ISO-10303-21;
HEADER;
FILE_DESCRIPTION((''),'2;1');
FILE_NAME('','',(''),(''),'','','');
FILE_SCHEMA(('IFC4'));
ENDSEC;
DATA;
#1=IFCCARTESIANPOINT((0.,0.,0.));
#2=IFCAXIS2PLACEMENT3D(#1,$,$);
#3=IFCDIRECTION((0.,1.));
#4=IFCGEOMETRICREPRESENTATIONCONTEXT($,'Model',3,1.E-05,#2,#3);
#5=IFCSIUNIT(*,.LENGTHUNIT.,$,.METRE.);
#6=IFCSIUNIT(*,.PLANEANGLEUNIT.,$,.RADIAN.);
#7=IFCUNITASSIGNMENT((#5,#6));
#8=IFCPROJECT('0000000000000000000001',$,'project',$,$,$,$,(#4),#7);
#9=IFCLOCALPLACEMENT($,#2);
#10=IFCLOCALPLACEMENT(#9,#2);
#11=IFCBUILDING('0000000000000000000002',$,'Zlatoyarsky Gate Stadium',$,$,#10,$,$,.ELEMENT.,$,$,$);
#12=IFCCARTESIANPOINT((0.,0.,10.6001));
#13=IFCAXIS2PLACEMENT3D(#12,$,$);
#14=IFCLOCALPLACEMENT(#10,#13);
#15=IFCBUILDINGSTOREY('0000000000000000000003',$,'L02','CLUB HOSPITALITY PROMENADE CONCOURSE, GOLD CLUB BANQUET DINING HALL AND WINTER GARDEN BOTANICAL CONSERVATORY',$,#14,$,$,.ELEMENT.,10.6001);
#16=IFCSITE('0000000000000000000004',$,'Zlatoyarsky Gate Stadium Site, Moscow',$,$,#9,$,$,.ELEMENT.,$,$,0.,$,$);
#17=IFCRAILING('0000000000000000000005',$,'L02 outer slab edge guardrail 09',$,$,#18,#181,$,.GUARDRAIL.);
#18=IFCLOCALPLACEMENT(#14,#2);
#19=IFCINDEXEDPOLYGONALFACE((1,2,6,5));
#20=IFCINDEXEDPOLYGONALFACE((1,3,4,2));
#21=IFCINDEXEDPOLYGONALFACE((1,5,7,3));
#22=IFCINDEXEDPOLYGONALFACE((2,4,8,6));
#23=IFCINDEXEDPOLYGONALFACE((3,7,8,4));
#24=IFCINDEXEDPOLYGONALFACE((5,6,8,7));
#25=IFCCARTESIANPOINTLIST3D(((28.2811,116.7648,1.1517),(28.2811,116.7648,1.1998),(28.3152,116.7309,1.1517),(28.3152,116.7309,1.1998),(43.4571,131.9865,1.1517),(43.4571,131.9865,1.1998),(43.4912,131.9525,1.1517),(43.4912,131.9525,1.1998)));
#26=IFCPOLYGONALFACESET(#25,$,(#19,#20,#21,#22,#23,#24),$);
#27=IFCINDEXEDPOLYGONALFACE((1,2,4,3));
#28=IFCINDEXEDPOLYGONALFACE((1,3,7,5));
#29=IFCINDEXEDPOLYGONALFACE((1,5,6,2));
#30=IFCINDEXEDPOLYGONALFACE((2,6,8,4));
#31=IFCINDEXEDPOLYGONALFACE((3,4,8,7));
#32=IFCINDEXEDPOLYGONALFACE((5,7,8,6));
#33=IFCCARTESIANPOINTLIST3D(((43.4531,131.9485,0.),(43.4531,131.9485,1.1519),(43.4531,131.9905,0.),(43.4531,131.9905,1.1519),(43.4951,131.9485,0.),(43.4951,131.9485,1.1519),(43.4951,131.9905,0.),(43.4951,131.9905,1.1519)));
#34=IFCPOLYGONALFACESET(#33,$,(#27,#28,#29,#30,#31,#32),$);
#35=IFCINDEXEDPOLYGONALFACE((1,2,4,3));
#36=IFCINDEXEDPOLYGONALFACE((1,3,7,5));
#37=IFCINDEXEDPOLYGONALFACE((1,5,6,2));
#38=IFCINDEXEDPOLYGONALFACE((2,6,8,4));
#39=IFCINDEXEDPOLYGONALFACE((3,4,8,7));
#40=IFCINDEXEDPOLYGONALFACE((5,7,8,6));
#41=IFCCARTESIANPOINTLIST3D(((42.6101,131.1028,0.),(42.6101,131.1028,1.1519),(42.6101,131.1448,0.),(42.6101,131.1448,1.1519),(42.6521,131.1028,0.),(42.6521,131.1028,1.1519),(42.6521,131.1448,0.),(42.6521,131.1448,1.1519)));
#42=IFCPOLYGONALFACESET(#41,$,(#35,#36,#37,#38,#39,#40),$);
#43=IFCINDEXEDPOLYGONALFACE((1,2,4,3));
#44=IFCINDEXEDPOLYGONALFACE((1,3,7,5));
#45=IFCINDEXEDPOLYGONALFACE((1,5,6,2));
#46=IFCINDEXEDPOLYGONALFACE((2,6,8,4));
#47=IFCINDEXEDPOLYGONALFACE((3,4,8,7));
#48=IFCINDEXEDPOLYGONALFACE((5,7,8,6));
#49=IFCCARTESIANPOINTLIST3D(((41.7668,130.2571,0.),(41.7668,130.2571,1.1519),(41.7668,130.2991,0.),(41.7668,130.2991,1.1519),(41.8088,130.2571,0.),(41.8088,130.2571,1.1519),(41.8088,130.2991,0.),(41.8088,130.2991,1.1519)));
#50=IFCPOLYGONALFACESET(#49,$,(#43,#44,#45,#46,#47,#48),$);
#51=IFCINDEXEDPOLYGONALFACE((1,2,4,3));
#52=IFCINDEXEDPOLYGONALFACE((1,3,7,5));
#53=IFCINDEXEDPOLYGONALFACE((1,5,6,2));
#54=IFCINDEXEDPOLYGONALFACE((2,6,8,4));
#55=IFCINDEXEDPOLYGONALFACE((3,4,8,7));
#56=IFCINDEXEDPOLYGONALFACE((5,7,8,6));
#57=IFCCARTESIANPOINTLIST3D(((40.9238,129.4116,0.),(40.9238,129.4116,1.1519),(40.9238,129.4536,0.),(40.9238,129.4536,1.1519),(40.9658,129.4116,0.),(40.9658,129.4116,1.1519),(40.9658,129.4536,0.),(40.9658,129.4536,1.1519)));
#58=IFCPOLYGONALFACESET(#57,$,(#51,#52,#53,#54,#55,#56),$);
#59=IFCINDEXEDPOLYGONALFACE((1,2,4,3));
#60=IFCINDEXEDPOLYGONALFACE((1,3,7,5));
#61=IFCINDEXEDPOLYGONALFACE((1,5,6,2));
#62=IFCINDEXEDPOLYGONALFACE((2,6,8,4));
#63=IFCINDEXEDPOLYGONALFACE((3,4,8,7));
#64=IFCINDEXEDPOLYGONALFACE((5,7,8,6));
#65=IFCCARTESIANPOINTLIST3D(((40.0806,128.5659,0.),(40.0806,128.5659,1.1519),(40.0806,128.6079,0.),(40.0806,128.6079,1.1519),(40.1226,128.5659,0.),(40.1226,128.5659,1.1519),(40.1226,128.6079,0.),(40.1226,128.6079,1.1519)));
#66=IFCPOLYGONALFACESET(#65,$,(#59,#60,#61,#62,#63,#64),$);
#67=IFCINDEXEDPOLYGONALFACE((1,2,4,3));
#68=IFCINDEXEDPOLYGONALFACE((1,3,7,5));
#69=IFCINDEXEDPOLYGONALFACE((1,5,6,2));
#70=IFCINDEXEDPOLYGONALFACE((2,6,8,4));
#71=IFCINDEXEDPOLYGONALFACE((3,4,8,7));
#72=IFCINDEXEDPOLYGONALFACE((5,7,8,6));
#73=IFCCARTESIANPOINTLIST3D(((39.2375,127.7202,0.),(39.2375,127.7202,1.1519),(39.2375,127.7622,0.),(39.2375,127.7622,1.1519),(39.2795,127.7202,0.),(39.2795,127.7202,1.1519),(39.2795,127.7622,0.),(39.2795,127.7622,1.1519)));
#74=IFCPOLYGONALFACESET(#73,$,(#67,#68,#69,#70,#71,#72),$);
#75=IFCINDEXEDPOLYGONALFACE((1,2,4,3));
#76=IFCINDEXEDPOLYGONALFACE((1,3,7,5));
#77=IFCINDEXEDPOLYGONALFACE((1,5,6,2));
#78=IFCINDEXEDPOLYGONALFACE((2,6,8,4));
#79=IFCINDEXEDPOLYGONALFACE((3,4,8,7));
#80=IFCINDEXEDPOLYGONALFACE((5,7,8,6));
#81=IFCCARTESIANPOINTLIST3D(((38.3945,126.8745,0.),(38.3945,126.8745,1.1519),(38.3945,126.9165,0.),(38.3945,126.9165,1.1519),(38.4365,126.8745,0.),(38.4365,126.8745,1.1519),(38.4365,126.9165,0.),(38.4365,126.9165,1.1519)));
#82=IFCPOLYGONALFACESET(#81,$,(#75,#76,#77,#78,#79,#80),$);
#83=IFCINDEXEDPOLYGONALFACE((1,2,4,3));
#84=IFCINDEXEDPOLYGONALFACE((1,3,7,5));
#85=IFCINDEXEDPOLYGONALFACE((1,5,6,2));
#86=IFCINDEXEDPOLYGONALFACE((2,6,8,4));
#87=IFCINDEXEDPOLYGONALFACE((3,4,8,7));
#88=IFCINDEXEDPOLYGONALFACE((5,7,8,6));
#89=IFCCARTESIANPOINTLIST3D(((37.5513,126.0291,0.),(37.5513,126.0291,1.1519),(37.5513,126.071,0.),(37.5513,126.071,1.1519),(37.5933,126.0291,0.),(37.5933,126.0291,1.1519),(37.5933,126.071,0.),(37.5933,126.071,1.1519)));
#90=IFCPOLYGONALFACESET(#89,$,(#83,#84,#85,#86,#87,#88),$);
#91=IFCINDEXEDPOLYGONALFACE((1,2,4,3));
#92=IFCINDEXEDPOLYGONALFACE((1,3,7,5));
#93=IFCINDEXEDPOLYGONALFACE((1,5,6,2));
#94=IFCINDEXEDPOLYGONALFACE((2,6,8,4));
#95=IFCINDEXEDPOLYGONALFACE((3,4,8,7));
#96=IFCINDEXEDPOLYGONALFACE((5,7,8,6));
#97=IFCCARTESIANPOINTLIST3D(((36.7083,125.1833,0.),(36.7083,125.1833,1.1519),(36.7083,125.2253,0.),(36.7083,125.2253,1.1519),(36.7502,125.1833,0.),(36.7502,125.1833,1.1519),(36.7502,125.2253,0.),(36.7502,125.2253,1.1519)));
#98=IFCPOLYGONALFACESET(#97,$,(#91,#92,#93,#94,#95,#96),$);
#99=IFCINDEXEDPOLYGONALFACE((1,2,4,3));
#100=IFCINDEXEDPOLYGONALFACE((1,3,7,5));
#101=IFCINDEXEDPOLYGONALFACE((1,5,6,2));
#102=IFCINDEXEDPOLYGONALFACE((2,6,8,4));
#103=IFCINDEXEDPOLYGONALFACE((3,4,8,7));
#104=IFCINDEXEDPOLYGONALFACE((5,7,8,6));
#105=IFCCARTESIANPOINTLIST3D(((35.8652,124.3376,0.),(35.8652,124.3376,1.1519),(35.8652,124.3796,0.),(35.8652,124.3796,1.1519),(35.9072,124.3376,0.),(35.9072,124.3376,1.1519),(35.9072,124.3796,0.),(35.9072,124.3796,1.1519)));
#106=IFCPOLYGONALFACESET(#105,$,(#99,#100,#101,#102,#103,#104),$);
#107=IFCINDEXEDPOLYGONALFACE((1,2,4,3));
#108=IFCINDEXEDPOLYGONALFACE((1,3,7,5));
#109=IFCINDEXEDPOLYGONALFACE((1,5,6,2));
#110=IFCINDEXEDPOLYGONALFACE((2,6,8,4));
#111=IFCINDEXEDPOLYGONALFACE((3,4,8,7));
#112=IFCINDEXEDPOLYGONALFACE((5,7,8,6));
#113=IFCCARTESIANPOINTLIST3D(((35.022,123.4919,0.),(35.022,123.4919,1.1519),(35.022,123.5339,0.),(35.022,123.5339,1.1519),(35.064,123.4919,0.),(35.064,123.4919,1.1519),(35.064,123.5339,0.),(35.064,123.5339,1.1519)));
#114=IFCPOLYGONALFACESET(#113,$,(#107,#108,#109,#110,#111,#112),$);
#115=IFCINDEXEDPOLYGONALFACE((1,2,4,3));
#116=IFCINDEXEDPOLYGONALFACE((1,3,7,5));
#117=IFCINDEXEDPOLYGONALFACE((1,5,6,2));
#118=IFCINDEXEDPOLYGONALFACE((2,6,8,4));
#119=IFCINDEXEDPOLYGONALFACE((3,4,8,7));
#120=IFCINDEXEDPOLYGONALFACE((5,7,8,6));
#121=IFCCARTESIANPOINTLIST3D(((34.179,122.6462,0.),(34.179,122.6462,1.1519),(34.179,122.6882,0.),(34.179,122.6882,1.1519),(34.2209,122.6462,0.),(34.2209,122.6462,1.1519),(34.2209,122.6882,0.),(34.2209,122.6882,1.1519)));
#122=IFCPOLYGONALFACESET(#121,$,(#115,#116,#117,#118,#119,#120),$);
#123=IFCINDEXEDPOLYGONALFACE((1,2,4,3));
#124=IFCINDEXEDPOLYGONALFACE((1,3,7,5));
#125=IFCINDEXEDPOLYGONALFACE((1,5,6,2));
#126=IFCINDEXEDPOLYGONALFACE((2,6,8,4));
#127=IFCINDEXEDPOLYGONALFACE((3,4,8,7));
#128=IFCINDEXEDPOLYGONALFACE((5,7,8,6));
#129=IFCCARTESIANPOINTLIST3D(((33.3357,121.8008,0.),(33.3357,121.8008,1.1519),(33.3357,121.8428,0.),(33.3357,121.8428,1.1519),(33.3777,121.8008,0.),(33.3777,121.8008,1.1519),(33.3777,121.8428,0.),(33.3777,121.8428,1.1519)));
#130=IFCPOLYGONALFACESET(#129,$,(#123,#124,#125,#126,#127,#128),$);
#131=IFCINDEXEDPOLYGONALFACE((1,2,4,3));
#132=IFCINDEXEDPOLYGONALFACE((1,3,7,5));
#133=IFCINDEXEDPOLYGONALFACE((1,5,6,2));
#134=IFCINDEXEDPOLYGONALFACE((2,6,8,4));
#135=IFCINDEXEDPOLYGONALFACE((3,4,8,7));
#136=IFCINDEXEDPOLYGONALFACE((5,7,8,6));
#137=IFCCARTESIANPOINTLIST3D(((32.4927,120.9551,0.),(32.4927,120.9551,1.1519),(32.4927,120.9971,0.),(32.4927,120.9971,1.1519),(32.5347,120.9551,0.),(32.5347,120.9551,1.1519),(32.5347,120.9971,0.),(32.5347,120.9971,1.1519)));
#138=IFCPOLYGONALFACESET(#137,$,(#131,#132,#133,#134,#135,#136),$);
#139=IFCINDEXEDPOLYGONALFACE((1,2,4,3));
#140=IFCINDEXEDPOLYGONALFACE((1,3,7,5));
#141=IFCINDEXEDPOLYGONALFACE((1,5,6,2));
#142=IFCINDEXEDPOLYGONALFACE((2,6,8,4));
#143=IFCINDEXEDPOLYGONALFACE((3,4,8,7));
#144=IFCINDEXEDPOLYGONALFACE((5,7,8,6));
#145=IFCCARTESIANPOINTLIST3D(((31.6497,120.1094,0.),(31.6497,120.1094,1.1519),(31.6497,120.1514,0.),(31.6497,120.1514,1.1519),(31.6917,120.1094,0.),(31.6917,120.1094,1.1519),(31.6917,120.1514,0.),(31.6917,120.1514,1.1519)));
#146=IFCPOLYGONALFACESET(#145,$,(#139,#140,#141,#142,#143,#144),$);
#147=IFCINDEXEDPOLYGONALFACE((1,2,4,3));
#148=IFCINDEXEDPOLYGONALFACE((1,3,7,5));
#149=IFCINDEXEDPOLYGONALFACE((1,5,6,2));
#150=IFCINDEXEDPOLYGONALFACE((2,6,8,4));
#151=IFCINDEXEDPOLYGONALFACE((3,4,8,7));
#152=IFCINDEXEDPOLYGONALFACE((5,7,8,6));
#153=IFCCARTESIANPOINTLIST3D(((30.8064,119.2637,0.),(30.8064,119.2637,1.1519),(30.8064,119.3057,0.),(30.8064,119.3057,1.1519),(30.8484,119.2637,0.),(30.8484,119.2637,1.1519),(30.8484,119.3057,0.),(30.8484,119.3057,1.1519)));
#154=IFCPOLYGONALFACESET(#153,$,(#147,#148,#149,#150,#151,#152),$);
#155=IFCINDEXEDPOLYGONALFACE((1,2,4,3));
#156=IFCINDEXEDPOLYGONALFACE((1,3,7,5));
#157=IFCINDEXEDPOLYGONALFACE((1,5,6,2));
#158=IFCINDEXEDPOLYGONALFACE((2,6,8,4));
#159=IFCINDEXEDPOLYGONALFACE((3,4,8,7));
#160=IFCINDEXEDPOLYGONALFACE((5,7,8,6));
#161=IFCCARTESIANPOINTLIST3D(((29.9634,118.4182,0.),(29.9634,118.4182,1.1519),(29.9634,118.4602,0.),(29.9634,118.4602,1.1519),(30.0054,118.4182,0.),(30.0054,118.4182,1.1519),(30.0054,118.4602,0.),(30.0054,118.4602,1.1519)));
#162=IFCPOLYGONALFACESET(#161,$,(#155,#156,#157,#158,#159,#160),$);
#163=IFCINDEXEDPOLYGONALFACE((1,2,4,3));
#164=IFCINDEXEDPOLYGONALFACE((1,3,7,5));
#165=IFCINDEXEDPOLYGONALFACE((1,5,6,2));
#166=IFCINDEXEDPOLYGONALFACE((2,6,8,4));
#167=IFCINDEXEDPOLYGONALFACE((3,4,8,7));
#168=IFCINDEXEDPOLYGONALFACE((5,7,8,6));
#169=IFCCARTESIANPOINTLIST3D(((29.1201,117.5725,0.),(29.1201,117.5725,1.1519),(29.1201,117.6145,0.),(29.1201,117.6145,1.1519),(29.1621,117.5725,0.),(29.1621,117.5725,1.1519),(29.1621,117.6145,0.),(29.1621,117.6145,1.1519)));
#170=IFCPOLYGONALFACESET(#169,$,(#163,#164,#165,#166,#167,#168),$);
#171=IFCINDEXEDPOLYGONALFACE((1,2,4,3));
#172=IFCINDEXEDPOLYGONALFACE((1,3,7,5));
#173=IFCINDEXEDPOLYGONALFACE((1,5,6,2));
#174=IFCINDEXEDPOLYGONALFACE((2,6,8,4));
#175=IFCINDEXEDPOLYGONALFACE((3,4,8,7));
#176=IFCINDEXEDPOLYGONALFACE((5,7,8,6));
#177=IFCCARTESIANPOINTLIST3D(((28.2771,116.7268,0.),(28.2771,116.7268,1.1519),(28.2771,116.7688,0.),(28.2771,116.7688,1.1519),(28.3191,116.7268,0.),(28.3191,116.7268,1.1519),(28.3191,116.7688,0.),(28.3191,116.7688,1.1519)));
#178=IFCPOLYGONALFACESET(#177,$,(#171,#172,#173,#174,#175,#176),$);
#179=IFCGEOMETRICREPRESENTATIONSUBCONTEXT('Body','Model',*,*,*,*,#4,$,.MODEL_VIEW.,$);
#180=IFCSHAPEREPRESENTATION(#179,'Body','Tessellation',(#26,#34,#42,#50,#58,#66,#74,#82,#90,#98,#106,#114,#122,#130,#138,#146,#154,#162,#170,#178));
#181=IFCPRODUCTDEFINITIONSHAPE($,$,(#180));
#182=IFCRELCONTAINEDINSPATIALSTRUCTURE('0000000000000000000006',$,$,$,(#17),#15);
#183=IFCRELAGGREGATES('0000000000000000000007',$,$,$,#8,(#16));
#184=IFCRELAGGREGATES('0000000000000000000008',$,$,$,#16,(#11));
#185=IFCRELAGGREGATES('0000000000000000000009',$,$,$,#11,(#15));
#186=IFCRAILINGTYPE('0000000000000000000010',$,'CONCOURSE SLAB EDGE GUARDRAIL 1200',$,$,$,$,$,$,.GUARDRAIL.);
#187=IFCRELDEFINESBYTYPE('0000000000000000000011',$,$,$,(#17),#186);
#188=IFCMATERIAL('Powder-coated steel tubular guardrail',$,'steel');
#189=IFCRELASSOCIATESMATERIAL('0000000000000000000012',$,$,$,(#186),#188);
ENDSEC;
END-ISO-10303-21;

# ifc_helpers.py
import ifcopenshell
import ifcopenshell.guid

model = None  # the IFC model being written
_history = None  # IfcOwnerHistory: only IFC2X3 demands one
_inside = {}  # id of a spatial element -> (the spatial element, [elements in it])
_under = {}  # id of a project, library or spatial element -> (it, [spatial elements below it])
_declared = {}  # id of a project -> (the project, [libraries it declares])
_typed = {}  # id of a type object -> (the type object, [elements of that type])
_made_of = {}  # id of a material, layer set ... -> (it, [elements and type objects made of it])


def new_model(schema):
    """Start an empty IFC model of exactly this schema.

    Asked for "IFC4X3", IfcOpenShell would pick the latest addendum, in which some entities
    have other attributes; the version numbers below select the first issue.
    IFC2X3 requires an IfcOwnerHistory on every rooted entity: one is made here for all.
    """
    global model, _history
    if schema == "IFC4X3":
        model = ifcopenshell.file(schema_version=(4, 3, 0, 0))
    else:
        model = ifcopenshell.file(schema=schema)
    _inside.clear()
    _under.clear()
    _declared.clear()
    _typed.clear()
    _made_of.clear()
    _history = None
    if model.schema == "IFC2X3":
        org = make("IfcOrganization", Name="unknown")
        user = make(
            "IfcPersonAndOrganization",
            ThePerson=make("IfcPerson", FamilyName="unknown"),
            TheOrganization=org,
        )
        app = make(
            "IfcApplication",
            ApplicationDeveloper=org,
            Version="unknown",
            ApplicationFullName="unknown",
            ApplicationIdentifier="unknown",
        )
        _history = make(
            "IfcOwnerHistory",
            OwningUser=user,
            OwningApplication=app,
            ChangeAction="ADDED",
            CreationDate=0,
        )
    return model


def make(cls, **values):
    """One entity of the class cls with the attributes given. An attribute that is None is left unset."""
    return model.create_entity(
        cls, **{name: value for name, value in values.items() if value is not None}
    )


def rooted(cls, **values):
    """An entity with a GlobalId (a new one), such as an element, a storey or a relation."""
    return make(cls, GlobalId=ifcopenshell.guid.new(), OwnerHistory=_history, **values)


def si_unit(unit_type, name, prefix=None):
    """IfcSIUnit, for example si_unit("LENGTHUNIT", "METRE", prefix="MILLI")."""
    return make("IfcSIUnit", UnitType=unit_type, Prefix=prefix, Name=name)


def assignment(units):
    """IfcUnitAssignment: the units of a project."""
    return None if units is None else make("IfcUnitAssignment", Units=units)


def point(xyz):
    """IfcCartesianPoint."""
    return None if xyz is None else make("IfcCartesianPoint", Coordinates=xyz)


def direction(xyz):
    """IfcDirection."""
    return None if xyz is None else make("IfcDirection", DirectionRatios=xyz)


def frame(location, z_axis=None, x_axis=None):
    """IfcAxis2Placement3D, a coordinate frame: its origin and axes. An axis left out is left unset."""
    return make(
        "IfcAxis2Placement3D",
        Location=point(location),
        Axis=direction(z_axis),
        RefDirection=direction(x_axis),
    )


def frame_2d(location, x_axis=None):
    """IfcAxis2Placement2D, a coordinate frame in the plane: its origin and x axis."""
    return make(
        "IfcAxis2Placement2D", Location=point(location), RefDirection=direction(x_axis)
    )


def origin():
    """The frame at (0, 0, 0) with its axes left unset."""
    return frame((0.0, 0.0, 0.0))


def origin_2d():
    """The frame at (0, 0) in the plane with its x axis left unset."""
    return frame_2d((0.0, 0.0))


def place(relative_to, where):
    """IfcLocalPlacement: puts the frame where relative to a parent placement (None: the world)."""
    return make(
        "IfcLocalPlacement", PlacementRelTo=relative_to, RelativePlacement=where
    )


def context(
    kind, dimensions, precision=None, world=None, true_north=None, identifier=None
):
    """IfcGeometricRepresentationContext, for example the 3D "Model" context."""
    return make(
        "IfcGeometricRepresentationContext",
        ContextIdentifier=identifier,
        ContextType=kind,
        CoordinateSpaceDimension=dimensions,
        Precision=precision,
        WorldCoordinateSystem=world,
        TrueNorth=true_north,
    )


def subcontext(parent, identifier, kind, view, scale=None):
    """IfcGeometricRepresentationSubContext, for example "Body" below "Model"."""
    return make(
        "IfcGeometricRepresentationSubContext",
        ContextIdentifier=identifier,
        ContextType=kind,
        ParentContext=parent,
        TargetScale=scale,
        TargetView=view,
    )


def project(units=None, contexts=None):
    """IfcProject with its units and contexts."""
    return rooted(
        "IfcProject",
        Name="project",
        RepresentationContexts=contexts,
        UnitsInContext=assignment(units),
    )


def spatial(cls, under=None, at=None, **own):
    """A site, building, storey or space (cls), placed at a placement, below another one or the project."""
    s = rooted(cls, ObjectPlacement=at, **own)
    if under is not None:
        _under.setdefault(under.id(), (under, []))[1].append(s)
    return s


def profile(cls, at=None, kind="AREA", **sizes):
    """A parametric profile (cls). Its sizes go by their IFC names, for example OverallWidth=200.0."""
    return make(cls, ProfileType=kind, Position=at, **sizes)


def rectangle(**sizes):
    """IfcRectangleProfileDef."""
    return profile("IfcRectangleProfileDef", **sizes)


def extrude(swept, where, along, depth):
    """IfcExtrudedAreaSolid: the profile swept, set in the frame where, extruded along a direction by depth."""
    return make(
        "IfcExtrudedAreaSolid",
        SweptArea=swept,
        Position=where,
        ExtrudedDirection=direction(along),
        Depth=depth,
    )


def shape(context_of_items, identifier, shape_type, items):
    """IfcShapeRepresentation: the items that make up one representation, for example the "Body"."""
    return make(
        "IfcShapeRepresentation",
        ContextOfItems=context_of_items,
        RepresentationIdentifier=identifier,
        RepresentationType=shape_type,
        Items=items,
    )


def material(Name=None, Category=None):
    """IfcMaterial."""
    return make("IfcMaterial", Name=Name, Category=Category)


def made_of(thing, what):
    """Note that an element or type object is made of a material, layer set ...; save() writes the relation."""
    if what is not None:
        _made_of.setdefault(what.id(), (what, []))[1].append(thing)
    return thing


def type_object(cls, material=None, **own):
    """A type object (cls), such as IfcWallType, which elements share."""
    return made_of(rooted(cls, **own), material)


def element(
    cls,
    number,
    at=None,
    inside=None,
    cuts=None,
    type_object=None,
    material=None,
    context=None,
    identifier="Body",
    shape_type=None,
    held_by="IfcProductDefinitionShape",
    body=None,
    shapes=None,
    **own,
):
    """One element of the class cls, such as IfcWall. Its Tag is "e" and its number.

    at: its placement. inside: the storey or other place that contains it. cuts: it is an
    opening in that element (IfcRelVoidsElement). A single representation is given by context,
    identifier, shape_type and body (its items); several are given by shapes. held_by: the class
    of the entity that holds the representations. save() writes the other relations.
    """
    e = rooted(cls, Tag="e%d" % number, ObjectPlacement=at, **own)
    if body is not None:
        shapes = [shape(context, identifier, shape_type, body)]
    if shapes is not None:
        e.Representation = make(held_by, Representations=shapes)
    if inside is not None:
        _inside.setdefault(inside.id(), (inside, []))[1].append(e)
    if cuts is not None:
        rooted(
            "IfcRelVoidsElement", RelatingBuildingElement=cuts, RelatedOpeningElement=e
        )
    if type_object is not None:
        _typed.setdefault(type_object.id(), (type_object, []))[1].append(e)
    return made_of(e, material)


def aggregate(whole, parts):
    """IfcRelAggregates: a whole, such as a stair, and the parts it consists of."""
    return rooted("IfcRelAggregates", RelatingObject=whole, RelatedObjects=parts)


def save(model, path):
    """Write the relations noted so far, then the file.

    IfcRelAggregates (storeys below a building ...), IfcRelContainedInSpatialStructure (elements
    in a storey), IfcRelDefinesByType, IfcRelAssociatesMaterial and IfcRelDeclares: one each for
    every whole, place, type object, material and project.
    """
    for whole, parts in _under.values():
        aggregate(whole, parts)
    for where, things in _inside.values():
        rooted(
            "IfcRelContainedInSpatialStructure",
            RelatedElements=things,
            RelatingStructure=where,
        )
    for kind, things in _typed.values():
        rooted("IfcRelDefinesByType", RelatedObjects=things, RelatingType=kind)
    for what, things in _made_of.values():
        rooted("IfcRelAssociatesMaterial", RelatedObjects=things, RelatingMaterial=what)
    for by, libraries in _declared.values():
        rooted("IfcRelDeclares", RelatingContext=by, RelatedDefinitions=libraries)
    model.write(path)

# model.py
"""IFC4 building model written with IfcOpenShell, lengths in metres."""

from ifc_helpers import new_model, si_unit, direction, frame, origin, origin_2d, place, context, subcontext, project, spatial, rectangle, extrude, material, type_object, element, save


model = new_model("IFC4")

# Units and contexts
model_context = context("Model", 3, precision=1e-05, world=origin(), true_north=direction((0.0, 1.0)))
body_context = subcontext(model_context, "Body", "Model", "MODEL_VIEW")
ifc_project = project(units=[si_unit("LENGTHUNIT", "METRE"), si_unit("PLANEANGLEUNIT", "RADIAN")], contexts=[model_context])

# Site, building, storey
site_placement = place(None, origin())
site = spatial("IfcSite", under=ifc_project, at=site_placement, Name="Zlatoyarsky Gate Stadium Site, Moscow", CompositionType="ELEMENT", RefElevation=0.0)
building_placement = place(site_placement, origin())
building = spatial("IfcBuilding", under=site, at=building_placement, Name="Zlatoyarsky Gate Stadium", CompositionType="ELEMENT")
storey_placement = place(building_placement, frame((0.0, 0.0, 10.6001)))
storey = spatial("IfcBuildingStorey", under=building, at=storey_placement, Name="L02", Description="CLUB HOSPITALITY PROMENADE CONCOURSE, GOLD CLUB BANQUET DINING HALL AND WINTER GARDEN BOTANICAL CONSERVATORY", CompositionType="ELEMENT", Elevation=10.6001)

# Railing
ifc_material_1 = material(Name="Powder-coated steel tubular guardrail", Category="steel")
railing_type = type_object("IfcRailingType", Name="CONCOURSE SLAB EDGE GUARDRAIL 1200", PredefinedType="GUARDRAIL", material=ifc_material_1)
railing_placement = place(storey_placement, frame((43.4741, 131.9695, 0.0)))
element("IfcRailing", 1, at=railing_placement, inside=storey, type_object=railing_type, Name="L02 outer slab edge guardrail 09", PredefinedType="GUARDRAIL", context=body_context, shape_type="SweptSolid", body=[
    extrude(rectangle(XDim=0.0481, YDim=0.0481, at=origin_2d()), frame((0.0, 0.0, 1.1758), z_axis=(-0.706044, -0.708168, 0.0), x_axis=(0.708168, -0.706044, 0.0)), (0.0, 0.0, 1.0), 21.4944),
    extrude(rectangle(XDim=0.042, YDim=0.042, at=origin_2d()), origin(), (0.0, 0.0, 1.0), 1.1519),
    extrude(rectangle(XDim=0.042, YDim=0.042, at=origin_2d()), frame((-0.843, -0.8457, 0.0)), (0.0, 0.0, 1.0), 1.1519),
    extrude(rectangle(XDim=0.042, YDim=0.042, at=origin_2d()), frame((-1.6863, -1.6914, 0.0)), (0.0, 0.0, 1.0), 1.1519),
    extrude(rectangle(XDim=0.042, YDim=0.042, at=origin_2d()), frame((-2.5293, -2.5369, 0.0)), (0.0, 0.0, 1.0), 1.1519),
    extrude(rectangle(XDim=0.042, YDim=0.042, at=origin_2d()), frame((-3.3726, -3.3826, 0.0)), (0.0, 0.0, 1.0), 1.1519),
    extrude(rectangle(XDim=0.042, YDim=0.042, at=origin_2d()), frame((-4.2156, -4.2283, 0.0)), (0.0, 0.0, 1.0), 1.1519),
    extrude(rectangle(XDim=0.042, YDim=0.042, at=origin_2d()), frame((-5.0586, -5.074, 0.0)), (0.0, 0.0, 1.0), 1.1519),
    extrude(rectangle(XDim=0.042, YDim=0.042, at=origin_2d()), frame((-5.9019, -5.9194, 0.0)), (0.0, 0.0, 1.0), 1.1519),
    extrude(rectangle(XDim=0.042, YDim=0.042, at=origin_2d()), frame((-6.7449, -6.7651, 0.0)), (0.0, 0.0, 1.0), 1.1519),
    extrude(rectangle(XDim=0.042, YDim=0.042, at=origin_2d()), frame((-7.5879, -7.6108, 0.0)), (0.0, 0.0, 1.0), 1.1519),
    extrude(rectangle(XDim=0.042, YDim=0.042, at=origin_2d()), frame((-8.4312, -8.4565, 0.0)), (0.0, 0.0, 1.0), 1.1519),
    extrude(rectangle(XDim=0.042, YDim=0.042, at=origin_2d()), frame((-9.2742, -9.3022, 0.0)), (0.0, 0.0, 1.0), 1.1519),
    extrude(rectangle(XDim=0.042, YDim=0.042, at=origin_2d()), frame((-10.1174, -10.1477, 0.0)), (0.0, 0.0, 1.0), 1.1519),
    extrude(rectangle(XDim=0.042, YDim=0.042, at=origin_2d()), frame((-10.9604, -10.9934, 0.0)), (0.0, 0.0, 1.0), 1.1519),
    extrude(rectangle(XDim=0.042, YDim=0.042, at=origin_2d()), frame((-11.8035, -11.8391, 0.0)), (0.0, 0.0, 1.0), 1.1519),
    extrude(rectangle(XDim=0.042, YDim=0.042, at=origin_2d()), frame((-12.6467, -12.6848, 0.0)), (0.0, 0.0, 1.0), 1.1519),
    extrude(rectangle(XDim=0.042, YDim=0.042, at=origin_2d()), frame((-13.4897, -13.5303, 0.0)), (0.0, 0.0, 1.0), 1.1519),
    extrude(rectangle(XDim=0.042, YDim=0.042, at=origin_2d()), frame((-14.333, -14.376, 0.0)), (0.0, 0.0, 1.0), 1.1519),
    extrude(rectangle(XDim=0.042, YDim=0.042, at=origin_2d()), frame((-15.176, -15.2217, 0.0)), (0.0, 0.0, 1.0), 1.1519),
])

save(model, "model.ifc")
